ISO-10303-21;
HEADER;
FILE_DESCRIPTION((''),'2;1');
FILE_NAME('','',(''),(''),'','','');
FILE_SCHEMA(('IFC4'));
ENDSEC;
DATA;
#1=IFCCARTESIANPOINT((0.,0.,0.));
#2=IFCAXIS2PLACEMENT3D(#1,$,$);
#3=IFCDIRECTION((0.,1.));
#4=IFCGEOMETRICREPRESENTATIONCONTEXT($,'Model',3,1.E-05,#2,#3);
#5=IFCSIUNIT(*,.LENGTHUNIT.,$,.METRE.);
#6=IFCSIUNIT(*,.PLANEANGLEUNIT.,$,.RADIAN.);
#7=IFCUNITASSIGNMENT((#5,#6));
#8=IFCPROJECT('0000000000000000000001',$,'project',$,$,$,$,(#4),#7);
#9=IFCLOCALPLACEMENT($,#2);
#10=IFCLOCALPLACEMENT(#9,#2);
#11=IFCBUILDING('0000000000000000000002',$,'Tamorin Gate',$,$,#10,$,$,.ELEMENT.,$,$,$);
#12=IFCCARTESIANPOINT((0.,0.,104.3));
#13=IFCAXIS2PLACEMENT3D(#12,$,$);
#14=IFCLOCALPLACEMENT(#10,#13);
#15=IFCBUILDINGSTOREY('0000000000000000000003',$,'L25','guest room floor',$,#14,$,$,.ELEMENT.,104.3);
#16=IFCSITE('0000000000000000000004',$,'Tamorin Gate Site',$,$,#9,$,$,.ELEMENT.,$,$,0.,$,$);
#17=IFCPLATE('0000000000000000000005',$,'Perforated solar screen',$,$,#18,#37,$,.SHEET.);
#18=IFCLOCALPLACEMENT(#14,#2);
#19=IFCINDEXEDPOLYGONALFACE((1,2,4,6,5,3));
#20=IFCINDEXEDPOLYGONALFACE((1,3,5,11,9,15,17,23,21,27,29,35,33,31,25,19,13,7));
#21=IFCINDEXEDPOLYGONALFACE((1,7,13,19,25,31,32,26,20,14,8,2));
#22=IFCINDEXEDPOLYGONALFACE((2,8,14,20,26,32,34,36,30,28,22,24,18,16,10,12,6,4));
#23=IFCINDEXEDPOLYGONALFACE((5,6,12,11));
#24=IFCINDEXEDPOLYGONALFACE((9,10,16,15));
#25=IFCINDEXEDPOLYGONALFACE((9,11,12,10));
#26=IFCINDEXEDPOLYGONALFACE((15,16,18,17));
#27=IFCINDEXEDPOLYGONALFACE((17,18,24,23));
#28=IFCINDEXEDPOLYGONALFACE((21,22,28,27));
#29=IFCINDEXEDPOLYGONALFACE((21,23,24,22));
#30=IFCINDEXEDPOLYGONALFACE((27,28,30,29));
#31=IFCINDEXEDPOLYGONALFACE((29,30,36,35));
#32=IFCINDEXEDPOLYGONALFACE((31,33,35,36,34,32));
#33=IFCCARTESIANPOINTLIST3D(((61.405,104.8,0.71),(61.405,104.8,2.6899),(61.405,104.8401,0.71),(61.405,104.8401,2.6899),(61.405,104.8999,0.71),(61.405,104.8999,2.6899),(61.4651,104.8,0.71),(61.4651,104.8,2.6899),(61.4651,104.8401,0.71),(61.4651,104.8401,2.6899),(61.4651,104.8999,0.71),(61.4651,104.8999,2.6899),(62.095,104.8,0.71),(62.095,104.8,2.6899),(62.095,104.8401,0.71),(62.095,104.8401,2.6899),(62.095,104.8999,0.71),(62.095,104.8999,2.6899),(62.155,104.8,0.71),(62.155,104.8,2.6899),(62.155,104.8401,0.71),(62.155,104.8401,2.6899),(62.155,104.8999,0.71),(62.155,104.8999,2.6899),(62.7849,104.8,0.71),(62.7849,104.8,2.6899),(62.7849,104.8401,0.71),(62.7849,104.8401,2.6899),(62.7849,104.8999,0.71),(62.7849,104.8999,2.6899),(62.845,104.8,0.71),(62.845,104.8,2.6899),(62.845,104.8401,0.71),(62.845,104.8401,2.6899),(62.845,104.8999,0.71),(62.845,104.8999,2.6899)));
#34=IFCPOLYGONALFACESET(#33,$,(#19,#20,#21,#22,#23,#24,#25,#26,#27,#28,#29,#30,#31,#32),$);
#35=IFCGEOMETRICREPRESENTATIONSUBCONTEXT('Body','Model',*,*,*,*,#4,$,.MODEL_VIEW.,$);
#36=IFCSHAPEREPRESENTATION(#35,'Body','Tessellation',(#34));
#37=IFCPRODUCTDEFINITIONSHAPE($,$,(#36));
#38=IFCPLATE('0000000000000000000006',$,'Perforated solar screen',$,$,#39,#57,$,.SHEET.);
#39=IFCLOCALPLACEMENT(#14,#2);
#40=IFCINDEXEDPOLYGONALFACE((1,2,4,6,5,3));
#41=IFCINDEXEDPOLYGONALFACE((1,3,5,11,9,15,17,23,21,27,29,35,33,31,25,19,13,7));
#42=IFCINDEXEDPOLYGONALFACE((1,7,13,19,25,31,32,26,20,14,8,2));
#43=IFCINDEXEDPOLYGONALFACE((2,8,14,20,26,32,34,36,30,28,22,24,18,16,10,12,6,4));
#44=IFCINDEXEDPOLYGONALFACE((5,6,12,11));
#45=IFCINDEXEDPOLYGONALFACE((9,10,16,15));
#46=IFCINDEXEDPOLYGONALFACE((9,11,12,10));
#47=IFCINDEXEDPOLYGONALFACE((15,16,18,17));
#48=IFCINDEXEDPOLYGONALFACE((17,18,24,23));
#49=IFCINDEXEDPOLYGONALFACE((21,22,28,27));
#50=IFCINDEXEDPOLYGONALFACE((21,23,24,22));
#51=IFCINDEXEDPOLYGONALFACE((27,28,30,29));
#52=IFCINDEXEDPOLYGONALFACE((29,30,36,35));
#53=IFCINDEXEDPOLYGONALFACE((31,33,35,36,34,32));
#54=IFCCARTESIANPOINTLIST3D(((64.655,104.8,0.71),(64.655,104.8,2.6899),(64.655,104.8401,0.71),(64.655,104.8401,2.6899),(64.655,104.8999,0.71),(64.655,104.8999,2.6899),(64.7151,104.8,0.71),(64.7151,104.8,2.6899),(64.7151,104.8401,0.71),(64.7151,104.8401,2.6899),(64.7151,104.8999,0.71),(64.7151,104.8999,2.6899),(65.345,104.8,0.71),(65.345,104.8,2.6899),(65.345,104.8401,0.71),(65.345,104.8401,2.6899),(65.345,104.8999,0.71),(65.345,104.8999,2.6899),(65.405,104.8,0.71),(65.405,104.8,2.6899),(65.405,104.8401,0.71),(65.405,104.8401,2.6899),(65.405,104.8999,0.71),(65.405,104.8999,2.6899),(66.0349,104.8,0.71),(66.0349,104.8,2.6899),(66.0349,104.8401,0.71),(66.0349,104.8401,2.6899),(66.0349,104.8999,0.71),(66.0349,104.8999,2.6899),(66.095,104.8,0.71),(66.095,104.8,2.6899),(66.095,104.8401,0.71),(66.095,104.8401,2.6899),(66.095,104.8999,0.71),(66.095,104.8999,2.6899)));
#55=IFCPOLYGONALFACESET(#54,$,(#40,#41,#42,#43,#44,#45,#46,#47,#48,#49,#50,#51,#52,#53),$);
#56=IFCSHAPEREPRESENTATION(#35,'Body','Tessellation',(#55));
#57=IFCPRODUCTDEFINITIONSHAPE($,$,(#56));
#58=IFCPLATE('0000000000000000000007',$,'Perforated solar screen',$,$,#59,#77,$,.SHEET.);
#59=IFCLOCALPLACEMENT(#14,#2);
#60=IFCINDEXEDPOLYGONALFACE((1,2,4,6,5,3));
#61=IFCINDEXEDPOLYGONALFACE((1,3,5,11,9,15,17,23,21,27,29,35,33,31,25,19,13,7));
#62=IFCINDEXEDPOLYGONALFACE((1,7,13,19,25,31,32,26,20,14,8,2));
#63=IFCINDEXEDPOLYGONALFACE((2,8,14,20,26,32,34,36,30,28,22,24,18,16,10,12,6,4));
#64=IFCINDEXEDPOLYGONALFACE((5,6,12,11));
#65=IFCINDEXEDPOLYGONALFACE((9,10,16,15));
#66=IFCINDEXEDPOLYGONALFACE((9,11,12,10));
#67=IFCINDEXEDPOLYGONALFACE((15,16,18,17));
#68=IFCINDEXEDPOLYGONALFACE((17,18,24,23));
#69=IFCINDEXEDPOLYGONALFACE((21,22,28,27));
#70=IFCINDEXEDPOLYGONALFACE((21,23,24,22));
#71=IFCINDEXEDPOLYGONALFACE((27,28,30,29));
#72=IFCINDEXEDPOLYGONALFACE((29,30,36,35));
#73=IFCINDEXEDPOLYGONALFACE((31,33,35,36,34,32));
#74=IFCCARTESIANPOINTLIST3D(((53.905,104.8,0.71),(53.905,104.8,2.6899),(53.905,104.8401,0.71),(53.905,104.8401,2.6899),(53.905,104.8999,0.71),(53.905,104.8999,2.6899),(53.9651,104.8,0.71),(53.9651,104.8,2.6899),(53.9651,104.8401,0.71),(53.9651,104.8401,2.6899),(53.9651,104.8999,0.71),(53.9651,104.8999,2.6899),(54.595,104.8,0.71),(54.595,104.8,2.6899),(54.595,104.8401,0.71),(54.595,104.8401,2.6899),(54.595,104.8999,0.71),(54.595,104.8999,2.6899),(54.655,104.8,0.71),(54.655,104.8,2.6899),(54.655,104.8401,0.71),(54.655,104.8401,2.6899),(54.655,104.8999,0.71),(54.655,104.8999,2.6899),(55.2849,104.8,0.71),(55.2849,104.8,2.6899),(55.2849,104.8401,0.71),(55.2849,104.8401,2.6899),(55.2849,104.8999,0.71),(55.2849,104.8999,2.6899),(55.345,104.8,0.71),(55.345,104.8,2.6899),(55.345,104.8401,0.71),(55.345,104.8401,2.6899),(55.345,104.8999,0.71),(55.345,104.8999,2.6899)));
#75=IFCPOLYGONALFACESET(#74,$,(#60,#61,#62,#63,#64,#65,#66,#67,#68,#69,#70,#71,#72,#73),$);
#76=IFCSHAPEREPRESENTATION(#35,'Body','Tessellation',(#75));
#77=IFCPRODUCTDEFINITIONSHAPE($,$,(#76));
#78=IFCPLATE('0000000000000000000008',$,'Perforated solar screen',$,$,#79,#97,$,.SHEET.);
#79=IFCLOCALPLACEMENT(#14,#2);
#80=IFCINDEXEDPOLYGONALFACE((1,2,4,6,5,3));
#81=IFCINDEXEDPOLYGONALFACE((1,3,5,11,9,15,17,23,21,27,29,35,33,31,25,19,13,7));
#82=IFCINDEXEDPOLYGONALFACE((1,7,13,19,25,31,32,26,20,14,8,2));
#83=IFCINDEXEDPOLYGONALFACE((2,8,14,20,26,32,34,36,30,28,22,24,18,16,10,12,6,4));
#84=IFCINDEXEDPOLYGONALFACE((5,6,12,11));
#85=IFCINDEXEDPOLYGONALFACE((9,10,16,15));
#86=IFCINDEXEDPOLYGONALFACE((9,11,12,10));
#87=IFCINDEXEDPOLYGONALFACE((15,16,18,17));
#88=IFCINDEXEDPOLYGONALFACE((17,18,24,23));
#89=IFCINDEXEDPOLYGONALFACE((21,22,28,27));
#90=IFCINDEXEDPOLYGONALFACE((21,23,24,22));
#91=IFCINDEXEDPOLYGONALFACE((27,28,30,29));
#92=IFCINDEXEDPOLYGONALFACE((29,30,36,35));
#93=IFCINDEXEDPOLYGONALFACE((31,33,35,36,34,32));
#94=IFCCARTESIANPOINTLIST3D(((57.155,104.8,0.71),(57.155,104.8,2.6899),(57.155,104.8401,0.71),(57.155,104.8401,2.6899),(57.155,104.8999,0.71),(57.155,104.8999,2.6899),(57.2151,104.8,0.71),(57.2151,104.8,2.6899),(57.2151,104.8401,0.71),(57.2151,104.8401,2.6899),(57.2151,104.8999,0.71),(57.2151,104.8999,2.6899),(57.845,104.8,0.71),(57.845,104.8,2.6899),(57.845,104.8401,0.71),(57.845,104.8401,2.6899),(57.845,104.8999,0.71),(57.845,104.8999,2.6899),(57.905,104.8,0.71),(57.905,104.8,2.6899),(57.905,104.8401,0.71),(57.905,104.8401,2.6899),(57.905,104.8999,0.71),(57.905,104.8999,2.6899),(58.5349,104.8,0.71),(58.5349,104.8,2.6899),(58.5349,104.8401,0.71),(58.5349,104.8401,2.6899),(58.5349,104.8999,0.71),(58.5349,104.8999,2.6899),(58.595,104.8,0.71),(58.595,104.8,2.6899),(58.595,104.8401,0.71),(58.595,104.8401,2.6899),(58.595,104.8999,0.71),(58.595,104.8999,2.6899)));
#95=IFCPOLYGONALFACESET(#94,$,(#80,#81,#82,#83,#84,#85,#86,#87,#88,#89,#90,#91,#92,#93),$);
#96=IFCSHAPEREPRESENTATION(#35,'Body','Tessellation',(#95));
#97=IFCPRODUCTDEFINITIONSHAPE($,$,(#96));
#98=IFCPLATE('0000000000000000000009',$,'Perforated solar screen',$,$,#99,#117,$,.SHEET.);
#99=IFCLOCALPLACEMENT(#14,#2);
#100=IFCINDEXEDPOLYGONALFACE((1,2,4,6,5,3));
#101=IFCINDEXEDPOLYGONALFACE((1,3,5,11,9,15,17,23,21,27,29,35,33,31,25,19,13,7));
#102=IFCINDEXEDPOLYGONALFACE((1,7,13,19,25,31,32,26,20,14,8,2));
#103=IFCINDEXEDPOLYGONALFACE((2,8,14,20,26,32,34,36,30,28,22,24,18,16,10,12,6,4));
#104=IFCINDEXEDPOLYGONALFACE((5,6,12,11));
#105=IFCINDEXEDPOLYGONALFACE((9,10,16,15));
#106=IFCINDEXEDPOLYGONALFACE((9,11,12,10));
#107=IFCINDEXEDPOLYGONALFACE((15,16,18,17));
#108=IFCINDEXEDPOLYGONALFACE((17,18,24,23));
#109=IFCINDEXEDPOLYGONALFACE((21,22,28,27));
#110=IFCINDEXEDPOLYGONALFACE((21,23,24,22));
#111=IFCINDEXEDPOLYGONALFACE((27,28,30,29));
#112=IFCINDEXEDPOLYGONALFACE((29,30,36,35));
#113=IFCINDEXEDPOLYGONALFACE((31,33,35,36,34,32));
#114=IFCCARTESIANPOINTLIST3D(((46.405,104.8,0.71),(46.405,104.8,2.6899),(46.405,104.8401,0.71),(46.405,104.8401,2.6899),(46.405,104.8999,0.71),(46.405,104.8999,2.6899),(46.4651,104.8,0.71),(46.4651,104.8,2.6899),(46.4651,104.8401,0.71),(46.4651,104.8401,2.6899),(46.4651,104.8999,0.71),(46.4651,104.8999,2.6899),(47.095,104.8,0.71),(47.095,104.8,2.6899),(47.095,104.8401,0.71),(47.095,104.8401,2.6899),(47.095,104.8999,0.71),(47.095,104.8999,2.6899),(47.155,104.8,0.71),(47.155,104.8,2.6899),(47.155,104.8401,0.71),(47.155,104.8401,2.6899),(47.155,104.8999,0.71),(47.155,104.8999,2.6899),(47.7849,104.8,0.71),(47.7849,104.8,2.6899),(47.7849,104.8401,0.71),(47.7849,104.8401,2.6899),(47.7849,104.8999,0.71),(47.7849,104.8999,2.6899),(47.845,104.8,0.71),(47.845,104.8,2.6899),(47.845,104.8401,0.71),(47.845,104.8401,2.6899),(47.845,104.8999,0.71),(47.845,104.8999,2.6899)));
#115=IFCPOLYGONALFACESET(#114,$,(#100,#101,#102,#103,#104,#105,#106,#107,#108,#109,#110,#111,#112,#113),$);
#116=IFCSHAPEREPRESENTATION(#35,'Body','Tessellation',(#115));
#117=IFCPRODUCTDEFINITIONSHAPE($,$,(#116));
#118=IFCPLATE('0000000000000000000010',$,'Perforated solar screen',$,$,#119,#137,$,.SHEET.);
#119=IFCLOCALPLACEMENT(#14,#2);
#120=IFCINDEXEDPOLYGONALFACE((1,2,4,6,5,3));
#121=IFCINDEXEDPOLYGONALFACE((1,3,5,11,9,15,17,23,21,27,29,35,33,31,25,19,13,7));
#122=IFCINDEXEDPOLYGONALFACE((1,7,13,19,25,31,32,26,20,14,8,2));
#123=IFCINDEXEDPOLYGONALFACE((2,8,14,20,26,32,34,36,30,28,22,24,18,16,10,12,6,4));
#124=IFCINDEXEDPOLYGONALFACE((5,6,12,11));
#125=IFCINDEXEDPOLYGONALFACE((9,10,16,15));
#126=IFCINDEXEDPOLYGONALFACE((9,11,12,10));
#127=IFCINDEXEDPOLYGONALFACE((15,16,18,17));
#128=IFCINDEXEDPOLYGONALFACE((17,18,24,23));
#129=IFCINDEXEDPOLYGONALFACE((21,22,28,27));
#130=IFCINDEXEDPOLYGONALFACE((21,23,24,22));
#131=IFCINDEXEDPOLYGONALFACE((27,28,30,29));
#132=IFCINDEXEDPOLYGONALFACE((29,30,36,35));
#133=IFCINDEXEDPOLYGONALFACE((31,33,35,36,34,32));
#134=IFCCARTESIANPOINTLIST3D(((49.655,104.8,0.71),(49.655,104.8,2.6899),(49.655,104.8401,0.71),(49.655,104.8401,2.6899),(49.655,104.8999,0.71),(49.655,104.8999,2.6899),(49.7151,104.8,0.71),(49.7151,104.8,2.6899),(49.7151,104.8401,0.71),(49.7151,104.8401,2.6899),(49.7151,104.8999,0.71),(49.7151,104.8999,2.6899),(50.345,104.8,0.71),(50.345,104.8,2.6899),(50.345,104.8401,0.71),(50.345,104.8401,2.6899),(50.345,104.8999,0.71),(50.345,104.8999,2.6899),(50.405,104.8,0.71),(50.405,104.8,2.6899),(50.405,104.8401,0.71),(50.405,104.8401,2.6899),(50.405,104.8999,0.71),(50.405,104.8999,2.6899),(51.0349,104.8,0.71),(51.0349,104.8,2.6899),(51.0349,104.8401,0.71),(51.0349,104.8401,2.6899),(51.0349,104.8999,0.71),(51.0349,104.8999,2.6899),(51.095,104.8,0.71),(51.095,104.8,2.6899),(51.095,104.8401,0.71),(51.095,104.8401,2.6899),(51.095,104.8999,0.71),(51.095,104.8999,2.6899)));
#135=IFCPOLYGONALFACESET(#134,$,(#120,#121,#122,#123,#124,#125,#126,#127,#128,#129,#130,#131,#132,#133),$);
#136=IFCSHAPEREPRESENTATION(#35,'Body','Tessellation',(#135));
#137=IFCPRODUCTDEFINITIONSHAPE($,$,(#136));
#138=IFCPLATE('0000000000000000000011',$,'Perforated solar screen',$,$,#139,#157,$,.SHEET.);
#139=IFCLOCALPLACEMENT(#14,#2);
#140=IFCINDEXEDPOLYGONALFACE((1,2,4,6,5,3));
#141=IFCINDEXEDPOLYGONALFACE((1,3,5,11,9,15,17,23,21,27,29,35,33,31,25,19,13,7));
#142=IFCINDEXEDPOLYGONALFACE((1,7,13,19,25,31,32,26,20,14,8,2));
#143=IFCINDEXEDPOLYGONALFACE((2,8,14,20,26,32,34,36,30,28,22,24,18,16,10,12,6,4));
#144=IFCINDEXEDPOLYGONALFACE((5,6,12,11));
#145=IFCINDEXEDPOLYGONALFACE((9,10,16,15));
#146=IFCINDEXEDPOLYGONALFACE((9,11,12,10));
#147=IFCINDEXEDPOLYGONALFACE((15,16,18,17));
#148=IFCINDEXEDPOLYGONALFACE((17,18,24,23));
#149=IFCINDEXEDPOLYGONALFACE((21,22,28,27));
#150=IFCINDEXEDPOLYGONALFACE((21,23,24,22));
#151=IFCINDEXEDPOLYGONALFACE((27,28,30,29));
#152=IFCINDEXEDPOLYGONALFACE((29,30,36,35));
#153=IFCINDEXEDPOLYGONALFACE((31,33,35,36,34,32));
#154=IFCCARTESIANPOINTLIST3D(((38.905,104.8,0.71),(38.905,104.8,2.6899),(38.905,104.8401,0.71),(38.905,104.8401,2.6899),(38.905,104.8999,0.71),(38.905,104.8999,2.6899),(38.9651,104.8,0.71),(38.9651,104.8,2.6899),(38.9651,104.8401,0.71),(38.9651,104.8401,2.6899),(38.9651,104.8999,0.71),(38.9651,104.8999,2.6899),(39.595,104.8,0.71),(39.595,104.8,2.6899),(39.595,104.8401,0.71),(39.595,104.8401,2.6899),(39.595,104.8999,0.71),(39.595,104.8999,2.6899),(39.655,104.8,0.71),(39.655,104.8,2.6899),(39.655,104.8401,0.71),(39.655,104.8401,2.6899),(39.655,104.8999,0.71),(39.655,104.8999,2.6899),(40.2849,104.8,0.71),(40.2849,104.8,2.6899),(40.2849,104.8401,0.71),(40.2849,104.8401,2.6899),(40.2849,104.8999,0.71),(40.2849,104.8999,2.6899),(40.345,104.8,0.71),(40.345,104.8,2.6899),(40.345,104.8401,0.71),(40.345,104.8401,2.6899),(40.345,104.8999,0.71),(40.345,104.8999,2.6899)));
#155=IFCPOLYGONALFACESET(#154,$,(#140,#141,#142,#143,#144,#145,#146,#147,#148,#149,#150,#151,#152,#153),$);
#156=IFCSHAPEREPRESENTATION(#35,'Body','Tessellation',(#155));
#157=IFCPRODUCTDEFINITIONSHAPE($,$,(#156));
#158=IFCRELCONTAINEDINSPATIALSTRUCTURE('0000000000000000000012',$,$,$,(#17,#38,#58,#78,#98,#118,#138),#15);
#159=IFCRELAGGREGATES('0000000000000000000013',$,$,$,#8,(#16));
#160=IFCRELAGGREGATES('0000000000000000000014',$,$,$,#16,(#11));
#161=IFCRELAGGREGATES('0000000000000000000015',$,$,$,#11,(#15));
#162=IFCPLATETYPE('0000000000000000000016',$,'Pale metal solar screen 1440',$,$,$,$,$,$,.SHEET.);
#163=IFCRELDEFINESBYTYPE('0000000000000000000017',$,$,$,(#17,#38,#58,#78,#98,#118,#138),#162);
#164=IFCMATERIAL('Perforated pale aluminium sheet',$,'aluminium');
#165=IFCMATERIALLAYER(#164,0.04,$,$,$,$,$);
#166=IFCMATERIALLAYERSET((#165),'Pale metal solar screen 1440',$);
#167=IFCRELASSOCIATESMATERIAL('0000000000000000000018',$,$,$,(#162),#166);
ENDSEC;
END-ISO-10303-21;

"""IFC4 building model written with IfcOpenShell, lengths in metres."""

from ifc_helpers import new_model, si_unit, direction, frame, origin, place, context, subcontext, project, spatial, polyline, outline, extrude, material, layer, layer_set, type_object, element, save


model = new_model("IFC4")

# Units and contexts
model_context = context("Model", 3, precision=1e-05, world=origin(), true_north=direction((0.0, 1.0)))
body_context = subcontext(model_context, "Body", "Model", "MODEL_VIEW")
ifc_project = project(units=[si_unit("LENGTHUNIT", "METRE"), si_unit("PLANEANGLEUNIT", "RADIAN")], contexts=[model_context])

# Site, building, storey
site_placement = place(None, origin())
site = spatial("IfcSite", under=ifc_project, at=site_placement, Name="Tamorin Gate Site", CompositionType="ELEMENT", RefElevation=0.0)
building_placement = place(site_placement, origin())
building = spatial("IfcBuilding", under=site, at=building_placement, Name="Tamorin Gate", CompositionType="ELEMENT")
storey_placement = place(building_placement, frame((0.0, 0.0, 104.3)))
storey = spatial("IfcBuildingStorey", under=building, at=storey_placement, Name="L25", Description="guest room floor", CompositionType="ELEMENT", Elevation=104.3)

# Plates
ifc_material = material(Name="Perforated pale aluminium sheet", Category="aluminium")
ifc_layer = layer(ifc_material, 0.04)
ifc_layer_set = layer_set([ifc_layer], Name="Pale metal solar screen 1440")
plate_type = type_object("IfcPlateType", Name="Pale metal solar screen 1440", PredefinedType="SHEET", material=ifc_layer_set)
plate_1_placement = place(storey_placement, frame((0.0, 0.0, 0.71)))
element("IfcPlate", 1, at=plate_1_placement, inside=storey, type_object=plate_type, Name="Perforated solar screen", PredefinedType="SHEET", context=body_context, shape_type="SweptSolid", body=[
    extrude(outline(polyline([(62.845, 104.8401), (62.845, 104.8), (62.7849, 104.8), (62.155, 104.8), (62.095, 104.8), (61.4651, 104.8), (61.405, 104.8), (61.405, 104.8401), (61.405, 104.8999), (61.4651, 104.8999), (61.4651, 104.8401), (62.095, 104.8401), (62.095, 104.8999), (62.155, 104.8999), (62.155, 104.8401), (62.7849, 104.8401), (62.7849, 104.8999), (62.845, 104.8999), (62.845, 104.8401)])), origin(), (0.0, 0.0, 1.0), 1.98),
])
plate_2_placement = place(storey_placement, frame((0.0, 0.0, 0.71)))
element("IfcPlate", 2, at=plate_2_placement, inside=storey, type_object=plate_type, Name="Perforated solar screen", PredefinedType="SHEET", context=body_context, shape_type="SweptSolid", body=[
    extrude(outline(polyline([(66.095, 104.8401), (66.095, 104.8), (66.0349, 104.8), (65.405, 104.8), (65.345, 104.8), (64.7151, 104.8), (64.655, 104.8), (64.655, 104.8401), (64.655, 104.8999), (64.7151, 104.8999), (64.7151, 104.8401), (65.345, 104.8401), (65.345, 104.8999), (65.405, 104.8999), (65.405, 104.8401), (66.0349, 104.8401), (66.0349, 104.8999), (66.095, 104.8999), (66.095, 104.8401)])), origin(), (0.0, 0.0, 1.0), 1.98),
])
plate_3_placement = place(storey_placement, frame((0.0, 0.0, 0.71)))
element("IfcPlate", 3, at=plate_3_placement, inside=storey, type_object=plate_type, Name="Perforated solar screen", PredefinedType="SHEET", context=body_context, shape_type="SweptSolid", body=[
    extrude(outline(polyline([(55.345, 104.8401), (55.345, 104.8), (55.2849, 104.8), (54.655, 104.8), (54.595, 104.8), (53.9651, 104.8), (53.905, 104.8), (53.905, 104.8401), (53.905, 104.8999), (53.9651, 104.8999), (53.9651, 104.8401), (54.595, 104.8401), (54.595, 104.8999), (54.655, 104.8999), (54.655, 104.8401), (55.2849, 104.8401), (55.2849, 104.8999), (55.345, 104.8999), (55.345, 104.8401)])), origin(), (0.0, 0.0, 1.0), 1.98),
])
plate_4_placement = place(storey_placement, frame((0.0, 0.0, 0.71)))
element("IfcPlate", 4, at=plate_4_placement, inside=storey, type_object=plate_type, Name="Perforated solar screen", PredefinedType="SHEET", context=body_context, shape_type="SweptSolid", body=[
    extrude(outline(polyline([(58.595, 104.8401), (58.595, 104.8), (58.5349, 104.8), (57.905, 104.8), (57.845, 104.8), (57.2151, 104.8), (57.155, 104.8), (57.155, 104.8401), (57.155, 104.8999), (57.2151, 104.8999), (57.2151, 104.8401), (57.845, 104.8401), (57.845, 104.8999), (57.905, 104.8999), (57.905, 104.8401), (58.5349, 104.8401), (58.5349, 104.8999), (58.595, 104.8999), (58.595, 104.8401)])), origin(), (0.0, 0.0, 1.0), 1.98),
])
plate_5_placement = place(storey_placement, frame((0.0, 0.0, 0.71)))
element("IfcPlate", 5, at=plate_5_placement, inside=storey, type_object=plate_type, Name="Perforated solar screen", PredefinedType="SHEET", context=body_context, shape_type="SweptSolid", body=[
    extrude(outline(polyline([(47.845, 104.8401), (47.845, 104.8), (47.7849, 104.8), (47.155, 104.8), (47.095, 104.8), (46.4651, 104.8), (46.405, 104.8), (46.405, 104.8401), (46.405, 104.8999), (46.4651, 104.8999), (46.4651, 104.8401), (47.095, 104.8401), (47.095, 104.8999), (47.155, 104.8999), (47.155, 104.8401), (47.7849, 104.8401), (47.7849, 104.8999), (47.845, 104.8999), (47.845, 104.8401)])), origin(), (0.0, 0.0, 1.0), 1.98),
])
plate_6_placement = place(storey_placement, frame((0.0, 0.0, 0.71)))
element("IfcPlate", 6, at=plate_6_placement, inside=storey, type_object=plate_type, Name="Perforated solar screen", PredefinedType="SHEET", context=body_context, shape_type="SweptSolid", body=[
    extrude(outline(polyline([(51.095, 104.8401), (51.095, 104.8), (51.0349, 104.8), (50.405, 104.8), (50.345, 104.8), (49.7151, 104.8), (49.655, 104.8), (49.655, 104.8401), (49.655, 104.8999), (49.7151, 104.8999), (49.7151, 104.8401), (50.345, 104.8401), (50.345, 104.8999), (50.405, 104.8999), (50.405, 104.8401), (51.0349, 104.8401), (51.0349, 104.8999), (51.095, 104.8999), (51.095, 104.8401)])), origin(), (0.0, 0.0, 1.0), 1.98),
])
plate_7_placement = place(storey_placement, frame((0.0, 0.0, 0.71)))
element("IfcPlate", 7, at=plate_7_placement, inside=storey, type_object=plate_type, Name="Perforated solar screen", PredefinedType="SHEET", context=body_context, shape_type="SweptSolid", body=[
    extrude(outline(polyline([(40.345, 104.8401), (40.345, 104.8), (40.2849, 104.8), (39.655, 104.8), (39.595, 104.8), (38.9651, 104.8), (38.905, 104.8), (38.905, 104.8401), (38.905, 104.8999), (38.9651, 104.8999), (38.9651, 104.8401), (39.595, 104.8401), (39.595, 104.8999), (39.655, 104.8999), (39.655, 104.8401), (40.2849, 104.8401), (40.2849, 104.8999), (40.345, 104.8999), (40.345, 104.8401)])), origin(), (0.0, 0.0, 1.0), 1.98),
])

save(model, "model.ifc")
